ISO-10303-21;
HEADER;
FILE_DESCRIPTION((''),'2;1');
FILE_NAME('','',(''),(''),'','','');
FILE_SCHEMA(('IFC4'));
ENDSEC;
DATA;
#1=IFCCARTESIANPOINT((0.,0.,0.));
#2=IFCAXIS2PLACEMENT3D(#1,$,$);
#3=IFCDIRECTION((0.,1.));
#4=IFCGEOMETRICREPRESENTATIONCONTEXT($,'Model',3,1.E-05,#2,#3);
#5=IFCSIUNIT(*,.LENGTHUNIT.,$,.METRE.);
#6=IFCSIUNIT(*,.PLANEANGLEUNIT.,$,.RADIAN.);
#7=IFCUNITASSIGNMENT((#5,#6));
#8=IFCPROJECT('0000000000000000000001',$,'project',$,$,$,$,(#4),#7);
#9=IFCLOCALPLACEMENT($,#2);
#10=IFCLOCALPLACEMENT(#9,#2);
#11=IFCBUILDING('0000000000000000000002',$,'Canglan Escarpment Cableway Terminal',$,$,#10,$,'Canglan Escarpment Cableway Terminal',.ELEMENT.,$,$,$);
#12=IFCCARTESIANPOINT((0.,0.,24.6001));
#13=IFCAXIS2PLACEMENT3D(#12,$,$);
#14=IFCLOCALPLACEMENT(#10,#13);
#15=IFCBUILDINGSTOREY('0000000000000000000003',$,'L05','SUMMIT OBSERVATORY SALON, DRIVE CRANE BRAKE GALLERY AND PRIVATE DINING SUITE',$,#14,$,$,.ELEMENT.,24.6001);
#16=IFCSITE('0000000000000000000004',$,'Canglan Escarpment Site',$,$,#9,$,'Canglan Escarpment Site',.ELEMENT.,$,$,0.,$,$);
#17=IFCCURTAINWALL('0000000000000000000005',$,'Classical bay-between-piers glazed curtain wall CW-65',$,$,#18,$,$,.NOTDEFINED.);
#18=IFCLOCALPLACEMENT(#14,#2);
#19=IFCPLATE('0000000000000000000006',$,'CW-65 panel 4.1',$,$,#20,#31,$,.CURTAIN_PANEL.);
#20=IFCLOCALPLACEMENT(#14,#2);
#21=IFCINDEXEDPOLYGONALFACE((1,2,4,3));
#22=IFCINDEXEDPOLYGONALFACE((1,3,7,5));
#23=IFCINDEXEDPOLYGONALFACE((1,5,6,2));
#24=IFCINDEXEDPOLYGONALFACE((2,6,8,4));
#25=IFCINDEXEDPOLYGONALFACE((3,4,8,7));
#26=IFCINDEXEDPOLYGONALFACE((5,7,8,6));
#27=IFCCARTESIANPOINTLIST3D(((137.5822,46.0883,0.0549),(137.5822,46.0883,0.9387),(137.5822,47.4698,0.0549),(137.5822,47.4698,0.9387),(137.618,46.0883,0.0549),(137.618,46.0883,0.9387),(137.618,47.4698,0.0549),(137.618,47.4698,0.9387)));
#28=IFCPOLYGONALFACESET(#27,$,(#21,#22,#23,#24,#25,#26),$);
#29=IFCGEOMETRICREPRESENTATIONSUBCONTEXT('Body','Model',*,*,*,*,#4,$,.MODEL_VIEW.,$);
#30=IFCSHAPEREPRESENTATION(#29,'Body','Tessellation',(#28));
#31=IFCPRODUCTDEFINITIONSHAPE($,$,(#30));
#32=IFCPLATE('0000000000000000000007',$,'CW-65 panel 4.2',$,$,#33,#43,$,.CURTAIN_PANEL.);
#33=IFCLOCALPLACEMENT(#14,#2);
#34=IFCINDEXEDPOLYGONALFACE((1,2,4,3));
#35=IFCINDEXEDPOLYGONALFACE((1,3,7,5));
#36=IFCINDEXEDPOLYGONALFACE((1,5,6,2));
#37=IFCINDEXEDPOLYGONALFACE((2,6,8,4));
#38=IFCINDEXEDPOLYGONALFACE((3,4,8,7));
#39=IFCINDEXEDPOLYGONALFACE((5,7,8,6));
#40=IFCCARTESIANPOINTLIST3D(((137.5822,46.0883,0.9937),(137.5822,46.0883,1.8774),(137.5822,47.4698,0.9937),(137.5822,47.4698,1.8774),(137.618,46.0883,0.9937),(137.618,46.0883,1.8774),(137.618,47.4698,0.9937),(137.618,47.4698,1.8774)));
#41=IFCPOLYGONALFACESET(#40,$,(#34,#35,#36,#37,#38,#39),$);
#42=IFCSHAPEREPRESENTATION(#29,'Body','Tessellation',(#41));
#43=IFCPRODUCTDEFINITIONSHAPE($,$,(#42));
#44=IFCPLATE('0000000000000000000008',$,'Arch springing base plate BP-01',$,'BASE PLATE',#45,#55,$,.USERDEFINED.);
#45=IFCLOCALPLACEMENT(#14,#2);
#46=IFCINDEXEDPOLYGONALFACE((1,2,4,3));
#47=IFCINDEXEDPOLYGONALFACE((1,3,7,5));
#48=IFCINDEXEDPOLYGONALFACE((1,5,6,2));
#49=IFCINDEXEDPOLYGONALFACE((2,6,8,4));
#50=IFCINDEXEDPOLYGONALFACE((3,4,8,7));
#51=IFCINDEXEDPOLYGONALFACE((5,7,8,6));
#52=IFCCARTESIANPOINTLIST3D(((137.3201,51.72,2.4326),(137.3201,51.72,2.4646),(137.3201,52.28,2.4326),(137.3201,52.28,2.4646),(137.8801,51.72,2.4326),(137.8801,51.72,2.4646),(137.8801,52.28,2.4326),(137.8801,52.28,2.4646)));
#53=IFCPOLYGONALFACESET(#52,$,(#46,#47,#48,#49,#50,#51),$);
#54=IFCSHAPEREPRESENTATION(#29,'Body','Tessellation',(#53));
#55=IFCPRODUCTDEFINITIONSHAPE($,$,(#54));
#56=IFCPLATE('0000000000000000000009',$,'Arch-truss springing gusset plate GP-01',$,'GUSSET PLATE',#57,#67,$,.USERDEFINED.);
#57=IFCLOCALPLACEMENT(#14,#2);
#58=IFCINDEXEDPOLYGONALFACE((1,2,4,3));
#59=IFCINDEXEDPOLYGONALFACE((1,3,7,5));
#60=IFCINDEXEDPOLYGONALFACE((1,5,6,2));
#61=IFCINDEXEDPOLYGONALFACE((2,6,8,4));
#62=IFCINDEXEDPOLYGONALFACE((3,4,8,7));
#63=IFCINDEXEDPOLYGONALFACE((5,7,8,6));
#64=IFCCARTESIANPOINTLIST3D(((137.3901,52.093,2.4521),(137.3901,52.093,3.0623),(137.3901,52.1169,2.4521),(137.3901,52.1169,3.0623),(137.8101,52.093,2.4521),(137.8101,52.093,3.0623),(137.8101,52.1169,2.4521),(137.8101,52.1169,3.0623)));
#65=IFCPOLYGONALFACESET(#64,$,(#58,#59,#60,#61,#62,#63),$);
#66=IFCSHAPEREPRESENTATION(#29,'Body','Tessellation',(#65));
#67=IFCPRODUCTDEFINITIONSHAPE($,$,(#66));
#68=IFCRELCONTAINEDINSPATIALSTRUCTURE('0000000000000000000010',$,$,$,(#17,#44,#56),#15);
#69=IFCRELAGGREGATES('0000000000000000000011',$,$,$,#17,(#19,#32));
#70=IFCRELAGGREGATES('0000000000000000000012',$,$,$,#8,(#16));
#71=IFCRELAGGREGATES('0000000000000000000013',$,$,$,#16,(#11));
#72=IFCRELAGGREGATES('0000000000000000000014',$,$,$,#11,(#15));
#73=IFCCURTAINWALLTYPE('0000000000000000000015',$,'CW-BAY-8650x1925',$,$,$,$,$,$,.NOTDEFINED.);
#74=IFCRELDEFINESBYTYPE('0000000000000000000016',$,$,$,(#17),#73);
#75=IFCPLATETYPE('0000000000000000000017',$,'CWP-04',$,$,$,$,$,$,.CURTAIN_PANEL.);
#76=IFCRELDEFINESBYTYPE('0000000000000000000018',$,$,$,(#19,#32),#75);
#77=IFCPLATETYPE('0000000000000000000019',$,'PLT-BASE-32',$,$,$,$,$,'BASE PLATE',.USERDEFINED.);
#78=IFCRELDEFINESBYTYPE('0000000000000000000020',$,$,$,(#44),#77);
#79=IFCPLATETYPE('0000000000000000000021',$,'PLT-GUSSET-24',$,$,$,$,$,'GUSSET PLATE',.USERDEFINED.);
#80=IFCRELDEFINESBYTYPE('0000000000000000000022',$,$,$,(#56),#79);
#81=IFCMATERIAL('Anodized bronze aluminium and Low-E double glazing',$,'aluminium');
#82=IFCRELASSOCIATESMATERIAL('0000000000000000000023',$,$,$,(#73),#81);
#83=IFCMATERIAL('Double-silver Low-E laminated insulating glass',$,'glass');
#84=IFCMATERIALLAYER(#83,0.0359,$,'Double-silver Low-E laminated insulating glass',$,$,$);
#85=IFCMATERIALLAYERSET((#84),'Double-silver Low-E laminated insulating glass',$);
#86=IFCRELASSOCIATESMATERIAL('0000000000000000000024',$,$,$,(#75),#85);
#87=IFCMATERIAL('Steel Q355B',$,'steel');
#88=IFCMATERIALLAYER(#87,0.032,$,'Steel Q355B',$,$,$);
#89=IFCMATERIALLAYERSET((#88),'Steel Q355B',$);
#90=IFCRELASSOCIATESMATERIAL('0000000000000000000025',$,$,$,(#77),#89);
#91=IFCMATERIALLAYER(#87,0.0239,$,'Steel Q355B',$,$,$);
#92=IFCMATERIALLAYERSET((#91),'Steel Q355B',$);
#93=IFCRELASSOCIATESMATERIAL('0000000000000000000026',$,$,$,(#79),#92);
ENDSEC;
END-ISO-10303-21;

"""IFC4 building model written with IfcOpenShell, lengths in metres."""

from ifc_helpers import new_model, si_unit, direction, frame, origin, origin_2d, place, context, subcontext, project, spatial, rectangle, extrude, material, layer, layer_set, type_object, element, aggregate, save


model = new_model("IFC4")

# Units and contexts
model_context = context("Model", 3, precision=1e-05, world=origin(), true_north=direction((0.0, 1.0)))
body_context = subcontext(model_context, "Body", "Model", "MODEL_VIEW")
ifc_project = project(units=[si_unit("LENGTHUNIT", "METRE"), si_unit("PLANEANGLEUNIT", "RADIAN")], contexts=[model_context])

# Site, building, storey
site_placement = place(None, origin())
site = spatial("IfcSite", under=ifc_project, at=site_placement, Name="Canglan Escarpment Site", LongName="Canglan Escarpment Site", CompositionType="ELEMENT", RefElevation=0.0)
building_placement = place(site_placement, origin())
building = spatial("IfcBuilding", under=site, at=building_placement, Name="Canglan Escarpment Cableway Terminal", LongName="Canglan Escarpment Cableway Terminal", CompositionType="ELEMENT")
storey_placement = place(building_placement, frame((0.0, 0.0, 24.6001)))
storey = spatial("IfcBuildingStorey", under=building, at=storey_placement, Name="L05", Description="SUMMIT OBSERVATORY SALON, DRIVE CRANE BRAKE GALLERY AND PRIVATE DINING SUITE", CompositionType="ELEMENT", Elevation=24.6001)

# Shared definitions
ifc_material_1 = material(Name="Steel Q355B", Category="steel")

# Curtain wall
ifc_material_2 = material(Name="Anodized bronze aluminium and Low-E double glazing", Category="aluminium")
curtain_wall_type_1 = type_object("IfcCurtainWallType", Name="CW-BAY-8650x1925", PredefinedType="NOTDEFINED", material=ifc_material_2)
curtain_wall_1_placement = place(storey_placement, origin())
curtain_wall_1 = element("IfcCurtainWall", 1, at=curtain_wall_1_placement, inside=storey, type_object=curtain_wall_type_1, Name="Classical bay-between-piers glazed curtain wall CW-65", PredefinedType="NOTDEFINED")

# Plates
ifc_material_3 = material(Name="Double-silver Low-E laminated insulating glass", Category="glass")
ifc_layer_1 = layer(ifc_material_3, 0.0359, Name="Double-silver Low-E laminated insulating glass")
ifc_layer_set_1 = layer_set([ifc_layer_1], Name="Double-silver Low-E laminated insulating glass")
plate_type_1 = type_object("IfcPlateType", Name="CWP-04", PredefinedType="CURTAIN_PANEL", material=ifc_layer_set_1)
plate_1_placement = place(storey_placement, frame((137.6001, 46.7791, 0.0549), z_axis=(0.0, 0.0, 1.0), x_axis=(0.0, -1.0, 0.0)))
plate_1 = element("IfcPlate", 2, at=plate_1_placement, type_object=plate_type_1, Name="CW-65 panel 4.1", PredefinedType="CURTAIN_PANEL", context=body_context, shape_type="SweptSolid", body=[
    extrude(rectangle(XDim=1.3816, YDim=0.0359, at=origin_2d()), origin(), (0.0, 0.0, 1.0), 0.8838),
])
plate_2_placement = place(storey_placement, frame((137.6001, 46.7791, 0.9937), z_axis=(0.0, 0.0, 1.0), x_axis=(0.0, -1.0, 0.0)))
plate_2 = element("IfcPlate", 3, at=plate_2_placement, type_object=plate_type_1, Name="CW-65 panel 4.2", PredefinedType="CURTAIN_PANEL", context=body_context, shape_type="SweptSolid", body=[
    extrude(rectangle(XDim=1.3816, YDim=0.0359, at=origin_2d()), origin(), (0.0, 0.0, 1.0), 0.8838),
])
aggregate(curtain_wall_1, [plate_1, plate_2])

# Plates
ifc_layer_2 = layer(ifc_material_1, 0.032, Name="Steel Q355B")
ifc_layer_set_2 = layer_set([ifc_layer_2], Name="Steel Q355B")
plate_type_2 = type_object("IfcPlateType", Name="PLT-BASE-32", ElementType="BASE PLATE", PredefinedType="USERDEFINED", material=ifc_layer_set_2)
plate_3_placement = place(storey_placement, frame((137.6001, 52.0, 2.4326), z_axis=(0.0, 0.0, 1.0), x_axis=(1.0, 0.0, 0.0)))
element("IfcPlate", 4, at=plate_3_placement, inside=storey, type_object=plate_type_2, Name="Arch springing base plate BP-01", ObjectType="BASE PLATE", PredefinedType="USERDEFINED", context=body_context, shape_type="SweptSolid", body=[
    extrude(rectangle(XDim=0.5601, YDim=0.5601, at=origin_2d()), origin(), (0.0, 0.0, 1.0), 0.032),
])
ifc_layer_3 = layer(ifc_material_1, 0.0239, Name="Steel Q355B")
ifc_layer_set_3 = layer_set([ifc_layer_3], Name="Steel Q355B")
plate_type_3 = type_object("IfcPlateType", Name="PLT-GUSSET-24", ElementType="GUSSET PLATE", PredefinedType="USERDEFINED", material=ifc_layer_set_3)
plate_4_placement = place(storey_placement, frame((137.6001, 52.105, 2.4521), z_axis=(0.0, 0.0, 1.0), x_axis=(1.0, 0.0, 0.0)))
element("IfcPlate", 5, at=plate_4_placement, inside=storey, type_object=plate_type_3, Name="Arch-truss springing gusset plate GP-01", ObjectType="GUSSET PLATE", PredefinedType="USERDEFINED", context=body_context, shape_type="SweptSolid", body=[
    extrude(rectangle(XDim=0.4199, YDim=0.0239, at=origin_2d()), origin(), (0.0, 0.0, 1.0), 0.6101),
])

save(model, "model.ifc")
